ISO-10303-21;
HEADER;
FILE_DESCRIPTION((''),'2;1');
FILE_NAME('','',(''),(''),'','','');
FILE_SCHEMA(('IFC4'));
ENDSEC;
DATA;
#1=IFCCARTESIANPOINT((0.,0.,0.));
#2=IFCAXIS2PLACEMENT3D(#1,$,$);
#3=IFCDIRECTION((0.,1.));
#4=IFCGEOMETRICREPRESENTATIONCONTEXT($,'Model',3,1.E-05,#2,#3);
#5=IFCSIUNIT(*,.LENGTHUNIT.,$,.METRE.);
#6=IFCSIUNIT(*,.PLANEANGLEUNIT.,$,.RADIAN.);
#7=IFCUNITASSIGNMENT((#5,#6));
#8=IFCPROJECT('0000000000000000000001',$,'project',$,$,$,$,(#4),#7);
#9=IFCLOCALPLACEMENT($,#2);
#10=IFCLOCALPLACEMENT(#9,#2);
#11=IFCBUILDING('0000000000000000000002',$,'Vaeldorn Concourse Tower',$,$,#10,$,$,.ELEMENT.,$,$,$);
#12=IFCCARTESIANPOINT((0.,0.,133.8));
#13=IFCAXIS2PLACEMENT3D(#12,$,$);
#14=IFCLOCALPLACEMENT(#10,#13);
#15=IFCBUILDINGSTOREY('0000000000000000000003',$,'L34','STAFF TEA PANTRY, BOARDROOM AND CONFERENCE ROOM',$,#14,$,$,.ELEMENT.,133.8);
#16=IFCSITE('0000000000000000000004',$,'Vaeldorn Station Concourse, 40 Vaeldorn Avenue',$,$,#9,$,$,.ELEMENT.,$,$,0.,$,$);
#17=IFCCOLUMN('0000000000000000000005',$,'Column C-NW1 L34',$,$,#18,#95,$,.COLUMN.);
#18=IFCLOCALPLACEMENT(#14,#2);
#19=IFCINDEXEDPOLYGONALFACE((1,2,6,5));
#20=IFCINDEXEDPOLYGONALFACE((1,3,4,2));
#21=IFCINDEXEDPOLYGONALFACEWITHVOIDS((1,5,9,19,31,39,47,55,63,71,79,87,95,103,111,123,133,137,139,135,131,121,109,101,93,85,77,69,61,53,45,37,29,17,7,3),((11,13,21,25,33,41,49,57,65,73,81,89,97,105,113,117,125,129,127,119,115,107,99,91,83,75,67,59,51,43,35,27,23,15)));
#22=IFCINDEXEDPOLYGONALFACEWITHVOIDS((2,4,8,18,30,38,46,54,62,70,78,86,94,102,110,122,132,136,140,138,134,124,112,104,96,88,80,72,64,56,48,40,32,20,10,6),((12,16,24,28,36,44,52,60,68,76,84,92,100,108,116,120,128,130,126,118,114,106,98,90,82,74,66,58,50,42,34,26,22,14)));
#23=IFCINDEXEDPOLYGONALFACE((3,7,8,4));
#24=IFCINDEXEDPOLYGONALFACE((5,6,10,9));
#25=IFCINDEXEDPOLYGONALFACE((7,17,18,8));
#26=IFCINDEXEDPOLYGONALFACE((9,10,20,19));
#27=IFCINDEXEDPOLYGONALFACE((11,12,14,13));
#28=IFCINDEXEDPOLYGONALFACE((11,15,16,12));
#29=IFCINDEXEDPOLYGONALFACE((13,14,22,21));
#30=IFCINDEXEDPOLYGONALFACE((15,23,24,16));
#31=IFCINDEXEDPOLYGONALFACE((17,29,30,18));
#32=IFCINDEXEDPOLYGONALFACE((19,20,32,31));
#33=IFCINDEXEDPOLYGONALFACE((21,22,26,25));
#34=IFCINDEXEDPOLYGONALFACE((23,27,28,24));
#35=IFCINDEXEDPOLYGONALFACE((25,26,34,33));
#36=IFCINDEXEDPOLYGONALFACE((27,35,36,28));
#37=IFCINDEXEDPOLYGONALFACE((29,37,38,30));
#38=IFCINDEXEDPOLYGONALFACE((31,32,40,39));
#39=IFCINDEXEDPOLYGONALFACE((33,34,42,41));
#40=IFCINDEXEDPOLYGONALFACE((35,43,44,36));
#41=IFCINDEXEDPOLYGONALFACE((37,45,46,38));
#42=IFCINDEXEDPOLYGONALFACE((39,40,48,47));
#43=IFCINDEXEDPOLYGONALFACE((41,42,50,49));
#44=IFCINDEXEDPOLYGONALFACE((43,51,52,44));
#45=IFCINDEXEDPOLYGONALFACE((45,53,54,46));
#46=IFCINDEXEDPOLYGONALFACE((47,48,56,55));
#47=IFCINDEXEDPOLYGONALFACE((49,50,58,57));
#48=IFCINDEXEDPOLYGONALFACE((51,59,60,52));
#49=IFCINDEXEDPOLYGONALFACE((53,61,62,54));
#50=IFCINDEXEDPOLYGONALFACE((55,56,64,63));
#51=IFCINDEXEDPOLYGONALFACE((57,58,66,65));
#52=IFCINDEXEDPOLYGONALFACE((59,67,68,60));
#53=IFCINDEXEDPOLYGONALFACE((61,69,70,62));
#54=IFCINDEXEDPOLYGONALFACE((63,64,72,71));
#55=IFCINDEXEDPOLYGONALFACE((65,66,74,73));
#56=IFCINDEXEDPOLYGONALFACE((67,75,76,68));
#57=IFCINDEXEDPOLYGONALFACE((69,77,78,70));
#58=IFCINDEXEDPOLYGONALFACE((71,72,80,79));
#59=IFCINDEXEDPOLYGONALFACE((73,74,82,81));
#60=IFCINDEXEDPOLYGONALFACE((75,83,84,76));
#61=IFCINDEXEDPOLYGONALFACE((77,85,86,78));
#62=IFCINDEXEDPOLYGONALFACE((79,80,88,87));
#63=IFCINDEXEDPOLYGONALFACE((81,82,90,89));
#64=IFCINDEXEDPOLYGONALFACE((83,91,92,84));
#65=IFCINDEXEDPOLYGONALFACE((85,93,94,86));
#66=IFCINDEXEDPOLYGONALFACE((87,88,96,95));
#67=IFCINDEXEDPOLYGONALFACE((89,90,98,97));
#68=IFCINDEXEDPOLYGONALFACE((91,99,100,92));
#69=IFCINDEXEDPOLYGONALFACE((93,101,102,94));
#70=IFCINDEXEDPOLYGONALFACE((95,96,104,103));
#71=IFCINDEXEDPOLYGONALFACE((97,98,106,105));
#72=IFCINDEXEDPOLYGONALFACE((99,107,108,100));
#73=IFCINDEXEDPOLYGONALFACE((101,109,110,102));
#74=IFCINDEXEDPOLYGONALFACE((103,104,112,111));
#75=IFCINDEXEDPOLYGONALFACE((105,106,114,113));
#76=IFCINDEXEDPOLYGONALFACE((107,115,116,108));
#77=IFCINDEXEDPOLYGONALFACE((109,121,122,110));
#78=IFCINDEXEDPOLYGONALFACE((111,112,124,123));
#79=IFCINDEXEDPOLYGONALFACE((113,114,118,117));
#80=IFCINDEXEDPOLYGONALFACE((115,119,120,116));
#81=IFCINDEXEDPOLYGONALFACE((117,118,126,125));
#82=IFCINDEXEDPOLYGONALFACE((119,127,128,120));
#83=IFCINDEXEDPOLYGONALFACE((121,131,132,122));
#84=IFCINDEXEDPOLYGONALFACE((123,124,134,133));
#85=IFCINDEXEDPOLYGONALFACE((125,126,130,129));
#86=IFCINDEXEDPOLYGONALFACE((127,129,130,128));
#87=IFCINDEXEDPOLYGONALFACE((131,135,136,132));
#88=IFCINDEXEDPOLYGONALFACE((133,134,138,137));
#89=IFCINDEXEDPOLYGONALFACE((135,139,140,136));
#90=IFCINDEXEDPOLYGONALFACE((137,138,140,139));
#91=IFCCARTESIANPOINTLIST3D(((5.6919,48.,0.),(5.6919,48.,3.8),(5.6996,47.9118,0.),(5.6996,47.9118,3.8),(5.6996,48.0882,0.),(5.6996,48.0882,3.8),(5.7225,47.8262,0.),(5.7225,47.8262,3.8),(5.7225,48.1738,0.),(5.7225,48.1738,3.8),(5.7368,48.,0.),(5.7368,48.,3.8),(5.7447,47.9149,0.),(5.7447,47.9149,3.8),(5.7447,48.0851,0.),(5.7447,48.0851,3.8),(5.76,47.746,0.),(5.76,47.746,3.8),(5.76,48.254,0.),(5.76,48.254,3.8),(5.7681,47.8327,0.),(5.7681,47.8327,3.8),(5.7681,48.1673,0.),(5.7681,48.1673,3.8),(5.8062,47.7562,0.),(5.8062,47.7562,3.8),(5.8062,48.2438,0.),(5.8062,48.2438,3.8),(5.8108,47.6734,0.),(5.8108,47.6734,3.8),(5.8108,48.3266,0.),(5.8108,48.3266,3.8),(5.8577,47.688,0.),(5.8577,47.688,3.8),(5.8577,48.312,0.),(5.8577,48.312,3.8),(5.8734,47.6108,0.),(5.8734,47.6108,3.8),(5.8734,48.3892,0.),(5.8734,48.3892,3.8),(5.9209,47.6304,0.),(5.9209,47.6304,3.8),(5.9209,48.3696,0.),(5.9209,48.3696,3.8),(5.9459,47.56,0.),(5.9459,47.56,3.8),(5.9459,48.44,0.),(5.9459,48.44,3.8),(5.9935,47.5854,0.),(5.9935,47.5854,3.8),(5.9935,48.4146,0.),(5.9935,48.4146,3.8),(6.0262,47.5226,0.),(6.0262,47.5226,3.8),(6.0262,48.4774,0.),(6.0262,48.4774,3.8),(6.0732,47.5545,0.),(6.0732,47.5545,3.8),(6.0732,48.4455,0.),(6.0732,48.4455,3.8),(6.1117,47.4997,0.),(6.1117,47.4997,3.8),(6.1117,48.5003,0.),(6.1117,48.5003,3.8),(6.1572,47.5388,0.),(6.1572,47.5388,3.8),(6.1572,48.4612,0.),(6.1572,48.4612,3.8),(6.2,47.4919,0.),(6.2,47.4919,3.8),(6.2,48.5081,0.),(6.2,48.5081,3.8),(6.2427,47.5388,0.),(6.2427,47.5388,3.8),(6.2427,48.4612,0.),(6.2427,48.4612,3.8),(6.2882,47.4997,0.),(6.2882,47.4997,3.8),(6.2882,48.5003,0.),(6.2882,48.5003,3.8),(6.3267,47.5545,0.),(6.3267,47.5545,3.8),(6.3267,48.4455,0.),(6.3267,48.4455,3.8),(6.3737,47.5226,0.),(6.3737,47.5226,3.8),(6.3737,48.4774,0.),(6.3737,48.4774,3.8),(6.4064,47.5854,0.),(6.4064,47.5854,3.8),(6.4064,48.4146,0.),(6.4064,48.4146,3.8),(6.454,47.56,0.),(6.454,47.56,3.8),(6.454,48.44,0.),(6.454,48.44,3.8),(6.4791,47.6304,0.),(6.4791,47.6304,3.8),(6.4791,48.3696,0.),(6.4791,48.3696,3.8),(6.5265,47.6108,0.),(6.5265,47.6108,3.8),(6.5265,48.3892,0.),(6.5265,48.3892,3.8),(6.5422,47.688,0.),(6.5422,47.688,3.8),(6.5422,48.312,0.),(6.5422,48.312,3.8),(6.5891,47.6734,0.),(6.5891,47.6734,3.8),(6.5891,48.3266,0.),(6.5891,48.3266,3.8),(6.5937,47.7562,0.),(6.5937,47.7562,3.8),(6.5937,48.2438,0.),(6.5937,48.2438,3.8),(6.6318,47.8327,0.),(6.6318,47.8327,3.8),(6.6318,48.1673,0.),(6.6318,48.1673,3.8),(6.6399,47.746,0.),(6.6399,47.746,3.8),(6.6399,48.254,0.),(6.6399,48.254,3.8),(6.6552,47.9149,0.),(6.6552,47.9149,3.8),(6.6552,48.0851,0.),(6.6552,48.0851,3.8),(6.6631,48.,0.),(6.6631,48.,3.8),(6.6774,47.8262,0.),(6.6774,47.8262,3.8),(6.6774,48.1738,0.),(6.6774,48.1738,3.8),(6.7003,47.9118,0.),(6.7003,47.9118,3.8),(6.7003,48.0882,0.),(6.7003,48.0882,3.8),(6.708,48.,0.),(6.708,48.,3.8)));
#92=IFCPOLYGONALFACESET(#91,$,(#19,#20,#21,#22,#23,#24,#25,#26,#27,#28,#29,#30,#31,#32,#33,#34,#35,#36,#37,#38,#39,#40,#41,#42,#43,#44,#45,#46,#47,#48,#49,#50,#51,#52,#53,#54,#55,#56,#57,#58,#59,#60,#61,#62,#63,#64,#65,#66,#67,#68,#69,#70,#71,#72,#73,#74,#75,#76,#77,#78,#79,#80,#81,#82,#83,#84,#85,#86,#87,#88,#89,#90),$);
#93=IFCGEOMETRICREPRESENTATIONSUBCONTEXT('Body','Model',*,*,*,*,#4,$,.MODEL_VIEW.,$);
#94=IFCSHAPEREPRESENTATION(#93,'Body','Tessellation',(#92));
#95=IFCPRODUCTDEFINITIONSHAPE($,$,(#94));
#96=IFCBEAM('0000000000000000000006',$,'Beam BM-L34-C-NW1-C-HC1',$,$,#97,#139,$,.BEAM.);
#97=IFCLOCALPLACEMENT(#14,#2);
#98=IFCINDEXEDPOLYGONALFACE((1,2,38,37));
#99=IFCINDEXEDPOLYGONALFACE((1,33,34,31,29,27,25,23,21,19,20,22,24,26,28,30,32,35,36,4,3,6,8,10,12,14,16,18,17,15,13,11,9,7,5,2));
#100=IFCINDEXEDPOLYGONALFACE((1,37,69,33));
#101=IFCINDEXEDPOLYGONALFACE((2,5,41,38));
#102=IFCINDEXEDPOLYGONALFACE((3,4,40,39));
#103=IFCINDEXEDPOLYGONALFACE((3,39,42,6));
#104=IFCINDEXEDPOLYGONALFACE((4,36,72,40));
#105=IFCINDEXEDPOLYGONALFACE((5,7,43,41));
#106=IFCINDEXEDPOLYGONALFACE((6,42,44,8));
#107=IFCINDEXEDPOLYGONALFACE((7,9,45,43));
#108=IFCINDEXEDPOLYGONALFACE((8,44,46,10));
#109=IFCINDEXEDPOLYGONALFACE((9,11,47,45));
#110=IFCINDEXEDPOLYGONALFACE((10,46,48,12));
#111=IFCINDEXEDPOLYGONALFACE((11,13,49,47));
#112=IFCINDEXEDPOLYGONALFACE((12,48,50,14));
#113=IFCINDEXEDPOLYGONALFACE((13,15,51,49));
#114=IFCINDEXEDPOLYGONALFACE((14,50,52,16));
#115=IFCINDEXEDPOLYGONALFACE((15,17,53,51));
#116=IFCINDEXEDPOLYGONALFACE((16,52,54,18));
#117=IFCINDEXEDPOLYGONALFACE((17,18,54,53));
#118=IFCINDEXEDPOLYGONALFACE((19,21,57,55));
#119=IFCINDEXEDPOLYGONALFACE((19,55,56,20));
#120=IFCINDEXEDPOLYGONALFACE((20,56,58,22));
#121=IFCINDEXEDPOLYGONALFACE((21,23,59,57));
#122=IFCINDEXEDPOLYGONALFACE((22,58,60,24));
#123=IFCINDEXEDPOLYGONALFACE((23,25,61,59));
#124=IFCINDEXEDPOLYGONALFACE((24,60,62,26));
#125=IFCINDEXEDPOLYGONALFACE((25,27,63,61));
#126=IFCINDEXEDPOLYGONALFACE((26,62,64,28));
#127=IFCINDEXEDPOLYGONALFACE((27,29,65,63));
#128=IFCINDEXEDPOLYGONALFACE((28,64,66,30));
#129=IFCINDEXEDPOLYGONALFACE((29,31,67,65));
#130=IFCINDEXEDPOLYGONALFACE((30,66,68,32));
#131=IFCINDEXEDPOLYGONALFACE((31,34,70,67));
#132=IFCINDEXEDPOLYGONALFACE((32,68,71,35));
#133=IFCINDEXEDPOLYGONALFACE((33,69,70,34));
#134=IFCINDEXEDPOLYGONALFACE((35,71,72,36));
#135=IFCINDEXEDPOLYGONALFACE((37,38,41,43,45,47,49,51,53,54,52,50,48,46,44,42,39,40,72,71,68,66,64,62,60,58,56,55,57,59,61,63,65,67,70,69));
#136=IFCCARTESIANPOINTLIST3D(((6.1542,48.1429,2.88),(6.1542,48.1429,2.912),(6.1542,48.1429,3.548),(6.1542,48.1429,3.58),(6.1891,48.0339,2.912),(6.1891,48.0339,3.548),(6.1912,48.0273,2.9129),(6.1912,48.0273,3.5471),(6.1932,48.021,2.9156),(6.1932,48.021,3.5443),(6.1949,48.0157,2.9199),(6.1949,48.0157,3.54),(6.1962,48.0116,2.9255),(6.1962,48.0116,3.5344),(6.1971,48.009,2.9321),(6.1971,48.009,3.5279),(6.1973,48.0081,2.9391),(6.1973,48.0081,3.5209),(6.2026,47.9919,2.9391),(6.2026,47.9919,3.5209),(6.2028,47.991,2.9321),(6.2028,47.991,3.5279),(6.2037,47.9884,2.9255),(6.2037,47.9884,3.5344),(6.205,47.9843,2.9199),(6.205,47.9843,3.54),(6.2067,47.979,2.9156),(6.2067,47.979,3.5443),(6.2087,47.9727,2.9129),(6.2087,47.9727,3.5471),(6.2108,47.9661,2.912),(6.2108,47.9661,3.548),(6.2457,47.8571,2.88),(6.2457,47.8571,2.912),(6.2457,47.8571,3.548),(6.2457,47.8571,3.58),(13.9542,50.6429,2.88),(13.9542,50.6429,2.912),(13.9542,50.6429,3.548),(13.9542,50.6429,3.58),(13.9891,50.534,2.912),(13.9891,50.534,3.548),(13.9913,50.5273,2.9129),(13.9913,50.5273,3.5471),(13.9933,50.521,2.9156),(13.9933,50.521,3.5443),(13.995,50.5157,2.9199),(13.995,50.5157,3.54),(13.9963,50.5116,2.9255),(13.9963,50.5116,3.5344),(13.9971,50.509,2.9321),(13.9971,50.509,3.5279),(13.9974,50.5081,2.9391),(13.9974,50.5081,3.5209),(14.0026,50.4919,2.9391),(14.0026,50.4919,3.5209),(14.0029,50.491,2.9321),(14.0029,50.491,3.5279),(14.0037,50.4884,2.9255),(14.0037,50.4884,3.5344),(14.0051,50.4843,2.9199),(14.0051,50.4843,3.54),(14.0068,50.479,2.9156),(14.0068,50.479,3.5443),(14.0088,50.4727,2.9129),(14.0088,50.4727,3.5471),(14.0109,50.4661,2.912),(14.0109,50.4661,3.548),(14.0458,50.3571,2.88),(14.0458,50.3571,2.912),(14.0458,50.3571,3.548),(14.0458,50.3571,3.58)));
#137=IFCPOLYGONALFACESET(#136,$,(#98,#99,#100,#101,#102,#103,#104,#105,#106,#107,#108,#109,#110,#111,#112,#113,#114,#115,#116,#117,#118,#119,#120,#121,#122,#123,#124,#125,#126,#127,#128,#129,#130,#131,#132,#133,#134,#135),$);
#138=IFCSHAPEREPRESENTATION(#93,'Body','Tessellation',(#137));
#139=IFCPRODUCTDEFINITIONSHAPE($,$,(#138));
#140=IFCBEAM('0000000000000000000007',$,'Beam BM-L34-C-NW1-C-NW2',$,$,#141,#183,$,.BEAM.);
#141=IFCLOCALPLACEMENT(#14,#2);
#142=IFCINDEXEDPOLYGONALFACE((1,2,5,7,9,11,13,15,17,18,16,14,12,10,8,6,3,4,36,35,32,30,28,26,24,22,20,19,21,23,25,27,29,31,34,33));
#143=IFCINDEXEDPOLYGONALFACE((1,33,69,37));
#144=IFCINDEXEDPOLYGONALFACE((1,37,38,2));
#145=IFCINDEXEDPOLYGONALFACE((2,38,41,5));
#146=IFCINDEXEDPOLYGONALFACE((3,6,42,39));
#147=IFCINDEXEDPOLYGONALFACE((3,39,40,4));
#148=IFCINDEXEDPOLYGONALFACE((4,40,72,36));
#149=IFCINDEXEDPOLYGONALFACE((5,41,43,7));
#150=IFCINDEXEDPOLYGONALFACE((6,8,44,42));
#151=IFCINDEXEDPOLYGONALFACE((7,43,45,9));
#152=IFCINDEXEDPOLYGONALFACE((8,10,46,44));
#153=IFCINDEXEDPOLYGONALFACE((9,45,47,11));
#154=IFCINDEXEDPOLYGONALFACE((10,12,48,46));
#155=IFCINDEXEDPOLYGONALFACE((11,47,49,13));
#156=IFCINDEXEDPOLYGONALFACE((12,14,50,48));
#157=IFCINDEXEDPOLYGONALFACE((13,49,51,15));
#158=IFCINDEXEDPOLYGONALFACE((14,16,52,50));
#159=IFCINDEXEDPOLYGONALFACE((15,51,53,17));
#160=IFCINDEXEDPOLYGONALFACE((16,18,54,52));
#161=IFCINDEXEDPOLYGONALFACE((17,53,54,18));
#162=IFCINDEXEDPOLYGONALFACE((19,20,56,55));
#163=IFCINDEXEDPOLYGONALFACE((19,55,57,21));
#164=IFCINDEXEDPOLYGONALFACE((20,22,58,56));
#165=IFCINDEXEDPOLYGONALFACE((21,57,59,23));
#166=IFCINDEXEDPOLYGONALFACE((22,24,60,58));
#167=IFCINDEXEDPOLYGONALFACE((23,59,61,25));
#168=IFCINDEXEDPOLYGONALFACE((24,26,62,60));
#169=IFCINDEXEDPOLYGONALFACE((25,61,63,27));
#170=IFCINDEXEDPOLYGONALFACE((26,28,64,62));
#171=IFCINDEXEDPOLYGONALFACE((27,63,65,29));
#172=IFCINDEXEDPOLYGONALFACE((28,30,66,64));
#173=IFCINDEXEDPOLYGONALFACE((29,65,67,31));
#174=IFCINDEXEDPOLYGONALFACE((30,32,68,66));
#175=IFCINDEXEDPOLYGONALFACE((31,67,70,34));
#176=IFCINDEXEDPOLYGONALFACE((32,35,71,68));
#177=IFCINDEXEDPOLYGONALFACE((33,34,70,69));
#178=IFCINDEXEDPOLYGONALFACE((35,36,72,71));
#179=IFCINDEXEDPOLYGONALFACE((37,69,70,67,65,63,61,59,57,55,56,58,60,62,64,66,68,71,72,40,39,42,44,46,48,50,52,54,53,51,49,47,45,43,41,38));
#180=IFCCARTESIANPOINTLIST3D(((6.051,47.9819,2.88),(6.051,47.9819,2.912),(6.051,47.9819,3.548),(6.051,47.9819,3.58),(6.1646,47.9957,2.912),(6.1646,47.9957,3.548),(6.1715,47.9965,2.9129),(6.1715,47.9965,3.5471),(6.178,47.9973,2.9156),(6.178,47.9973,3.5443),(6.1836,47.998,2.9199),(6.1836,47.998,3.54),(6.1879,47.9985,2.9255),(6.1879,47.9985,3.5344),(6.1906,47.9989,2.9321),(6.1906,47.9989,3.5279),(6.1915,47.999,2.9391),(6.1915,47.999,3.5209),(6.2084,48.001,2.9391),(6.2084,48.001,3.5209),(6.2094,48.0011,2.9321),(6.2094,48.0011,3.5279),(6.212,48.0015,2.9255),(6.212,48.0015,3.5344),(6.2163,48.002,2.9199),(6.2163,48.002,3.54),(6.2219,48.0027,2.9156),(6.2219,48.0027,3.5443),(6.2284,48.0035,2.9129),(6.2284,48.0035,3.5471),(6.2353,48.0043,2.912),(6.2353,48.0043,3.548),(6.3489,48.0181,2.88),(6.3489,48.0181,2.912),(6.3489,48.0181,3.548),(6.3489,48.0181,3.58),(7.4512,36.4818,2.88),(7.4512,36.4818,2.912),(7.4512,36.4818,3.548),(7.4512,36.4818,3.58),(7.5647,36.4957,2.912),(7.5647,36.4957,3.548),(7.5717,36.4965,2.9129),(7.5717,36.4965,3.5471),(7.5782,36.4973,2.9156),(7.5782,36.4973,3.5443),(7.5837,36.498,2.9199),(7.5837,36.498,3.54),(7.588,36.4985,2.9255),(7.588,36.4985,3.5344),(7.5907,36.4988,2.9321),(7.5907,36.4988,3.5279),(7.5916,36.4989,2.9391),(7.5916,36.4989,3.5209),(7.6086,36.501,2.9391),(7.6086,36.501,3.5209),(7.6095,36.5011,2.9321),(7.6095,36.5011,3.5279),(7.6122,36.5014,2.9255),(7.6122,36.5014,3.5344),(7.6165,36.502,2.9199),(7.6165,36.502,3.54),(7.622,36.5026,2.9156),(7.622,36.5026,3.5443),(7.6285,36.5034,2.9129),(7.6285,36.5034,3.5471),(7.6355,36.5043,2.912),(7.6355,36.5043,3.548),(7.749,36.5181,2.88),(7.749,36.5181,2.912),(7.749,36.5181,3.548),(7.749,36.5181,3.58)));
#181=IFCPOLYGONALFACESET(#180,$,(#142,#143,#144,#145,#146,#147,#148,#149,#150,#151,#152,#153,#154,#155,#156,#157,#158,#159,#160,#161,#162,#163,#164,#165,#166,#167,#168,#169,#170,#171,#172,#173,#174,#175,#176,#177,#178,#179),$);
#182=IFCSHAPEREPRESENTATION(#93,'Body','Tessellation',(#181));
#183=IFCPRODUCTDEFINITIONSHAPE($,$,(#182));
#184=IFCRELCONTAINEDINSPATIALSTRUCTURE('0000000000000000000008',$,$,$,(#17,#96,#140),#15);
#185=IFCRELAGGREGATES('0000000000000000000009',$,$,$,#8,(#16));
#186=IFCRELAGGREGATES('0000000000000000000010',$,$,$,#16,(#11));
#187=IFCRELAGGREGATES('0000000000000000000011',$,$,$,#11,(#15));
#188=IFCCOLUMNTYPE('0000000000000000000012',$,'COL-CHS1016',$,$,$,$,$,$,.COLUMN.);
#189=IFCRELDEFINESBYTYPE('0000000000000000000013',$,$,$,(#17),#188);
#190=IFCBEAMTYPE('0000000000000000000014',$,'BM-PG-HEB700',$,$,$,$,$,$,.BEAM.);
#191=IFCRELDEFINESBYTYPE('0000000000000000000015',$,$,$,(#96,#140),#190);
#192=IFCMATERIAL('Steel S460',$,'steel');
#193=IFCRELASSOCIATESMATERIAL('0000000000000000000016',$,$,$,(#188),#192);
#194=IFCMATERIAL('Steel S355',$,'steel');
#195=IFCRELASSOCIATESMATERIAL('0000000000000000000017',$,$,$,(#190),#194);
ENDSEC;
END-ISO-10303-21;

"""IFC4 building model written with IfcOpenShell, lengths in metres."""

from ifc_helpers import new_model, si_unit, direction, frame, origin, origin_2d, place, context, subcontext, project, spatial, hollow_circle, i_section, extrude, source, transform, mapped, material, material_profile, profile_set, type_object, element, save


model = new_model("IFC4")

# Units and contexts
model_context = context("Model", 3, precision=1e-05, world=origin(), true_north=direction((0.0, 1.0)))
body_context = subcontext(model_context, "Body", "Model", "MODEL_VIEW")
ifc_project = project(units=[si_unit("LENGTHUNIT", "METRE"), si_unit("PLANEANGLEUNIT", "RADIAN")], contexts=[model_context])

# Site, building, storey
site_placement = place(None, origin())
site = spatial("IfcSite", under=ifc_project, at=site_placement, Name="Vaeldorn Station Concourse, 40 Vaeldorn Avenue", CompositionType="ELEMENT", RefElevation=0.0)
building_placement = place(site_placement, origin())
building = spatial("IfcBuilding", under=site, at=building_placement, Name="Vaeldorn Concourse Tower", CompositionType="ELEMENT")
storey_placement = place(building_placement, frame((0.0, 0.0, 133.8)))
storey = spatial("IfcBuildingStorey", under=building, at=storey_placement, Name="L34", Description="STAFF TEA PANTRY, BOARDROOM AND CONFERENCE ROOM", CompositionType="ELEMENT", Elevation=133.8)

# Column
ifc_material_1 = material(Name="Steel S460", Category="steel")
ifc_material_profile_1 = material_profile(ifc_material_1, hollow_circle(Radius=0.5081, WallThickness=0.0449, at=origin_2d()), Name="CHS 1016x45")
ifc_profile_set_1 = profile_set([ifc_material_profile_1], Name="Steel S460")
column_type = type_object("IfcColumnType", Name="COL-CHS1016", PredefinedType="COLUMN", material=ifc_profile_set_1)
shared_shape_1 = source(origin(), body_context, "Body", "SweptSolid", [
    extrude(hollow_circle(Radius=0.5081, WallThickness=0.0449, at=origin_2d()), origin(), (0.0, 0.0, 1.0), 3.8),
])
column_placement = place(storey_placement, frame((6.2, 48.0, 0.0), z_axis=(0.0, 0.0, 1.0), x_axis=(1.0, 0.0, 0.0)))
element("IfcColumn", 1, at=column_placement, inside=storey, type_object=column_type, Name="Column C-NW1 L34", PredefinedType="COLUMN", context=body_context, shape_type="MappedRepresentation", body=[
    mapped(shared_shape_1, transform((0.0, 0.0, 0.0), scale=1.0)),
])

# Beams
ifc_material_2 = material(Name="Steel S355", Category="steel")
ifc_material_profile_2 = material_profile(ifc_material_2, i_section(OverallWidth=0.3, OverallDepth=0.7, WebThickness=0.0171, FlangeThickness=0.032, FilletRadius=0.0271, at=origin_2d()), Name="HEB 700")
ifc_profile_set_2 = profile_set([ifc_material_profile_2], Name="Steel S355")
beam_type_1 = type_object("IfcBeamType", Name="BM-PG-HEB700", PredefinedType="BEAM", material=ifc_profile_set_2)
shared_shape_2 = source(origin(), body_context, "Body", "SweptSolid", [
    extrude(i_section(OverallWidth=0.3, OverallDepth=0.7, WebThickness=0.0171, FlangeThickness=0.032, FilletRadius=0.0271, at=origin_2d()), origin(), (0.0, 0.0, 1.0), 8.1909),
])
beam_1_placement = place(storey_placement, frame((6.2, 48.0, 3.23), z_axis=(0.952283, 0.305217, 0.0), x_axis=(-0.305217, 0.952283, 0.0)))
element("IfcBeam", 2, at=beam_1_placement, inside=storey, type_object=beam_type_1, Name="Beam BM-L34-C-NW1-C-HC1", PredefinedType="BEAM", context=body_context, shape_type="MappedRepresentation", body=[
    mapped(shared_shape_2, transform((0.0, 0.0, 0.0), scale=1.0)),
])
shared_shape_3 = source(origin(), body_context, "Body", "SweptSolid", [
    extrude(i_section(OverallWidth=0.3, OverallDepth=0.7, WebThickness=0.0171, FlangeThickness=0.032, FilletRadius=0.0271, at=origin_2d()), origin(), (0.0, 0.0, 1.0), 11.585),
])
beam_2_placement = place(storey_placement, frame((6.2, 48.0, 3.23), z_axis=(0.120859, -0.99267, 0.0), x_axis=(0.99267, 0.120859, 0.0)))
element("IfcBeam", 3, at=beam_2_placement, inside=storey, type_object=beam_type_1, Name="Beam BM-L34-C-NW1-C-NW2", PredefinedType="BEAM", context=body_context, shape_type="MappedRepresentation", body=[
    mapped(shared_shape_3, transform((0.0, 0.0, 0.0), scale=1.0)),
])

save(model, "model.ifc")
